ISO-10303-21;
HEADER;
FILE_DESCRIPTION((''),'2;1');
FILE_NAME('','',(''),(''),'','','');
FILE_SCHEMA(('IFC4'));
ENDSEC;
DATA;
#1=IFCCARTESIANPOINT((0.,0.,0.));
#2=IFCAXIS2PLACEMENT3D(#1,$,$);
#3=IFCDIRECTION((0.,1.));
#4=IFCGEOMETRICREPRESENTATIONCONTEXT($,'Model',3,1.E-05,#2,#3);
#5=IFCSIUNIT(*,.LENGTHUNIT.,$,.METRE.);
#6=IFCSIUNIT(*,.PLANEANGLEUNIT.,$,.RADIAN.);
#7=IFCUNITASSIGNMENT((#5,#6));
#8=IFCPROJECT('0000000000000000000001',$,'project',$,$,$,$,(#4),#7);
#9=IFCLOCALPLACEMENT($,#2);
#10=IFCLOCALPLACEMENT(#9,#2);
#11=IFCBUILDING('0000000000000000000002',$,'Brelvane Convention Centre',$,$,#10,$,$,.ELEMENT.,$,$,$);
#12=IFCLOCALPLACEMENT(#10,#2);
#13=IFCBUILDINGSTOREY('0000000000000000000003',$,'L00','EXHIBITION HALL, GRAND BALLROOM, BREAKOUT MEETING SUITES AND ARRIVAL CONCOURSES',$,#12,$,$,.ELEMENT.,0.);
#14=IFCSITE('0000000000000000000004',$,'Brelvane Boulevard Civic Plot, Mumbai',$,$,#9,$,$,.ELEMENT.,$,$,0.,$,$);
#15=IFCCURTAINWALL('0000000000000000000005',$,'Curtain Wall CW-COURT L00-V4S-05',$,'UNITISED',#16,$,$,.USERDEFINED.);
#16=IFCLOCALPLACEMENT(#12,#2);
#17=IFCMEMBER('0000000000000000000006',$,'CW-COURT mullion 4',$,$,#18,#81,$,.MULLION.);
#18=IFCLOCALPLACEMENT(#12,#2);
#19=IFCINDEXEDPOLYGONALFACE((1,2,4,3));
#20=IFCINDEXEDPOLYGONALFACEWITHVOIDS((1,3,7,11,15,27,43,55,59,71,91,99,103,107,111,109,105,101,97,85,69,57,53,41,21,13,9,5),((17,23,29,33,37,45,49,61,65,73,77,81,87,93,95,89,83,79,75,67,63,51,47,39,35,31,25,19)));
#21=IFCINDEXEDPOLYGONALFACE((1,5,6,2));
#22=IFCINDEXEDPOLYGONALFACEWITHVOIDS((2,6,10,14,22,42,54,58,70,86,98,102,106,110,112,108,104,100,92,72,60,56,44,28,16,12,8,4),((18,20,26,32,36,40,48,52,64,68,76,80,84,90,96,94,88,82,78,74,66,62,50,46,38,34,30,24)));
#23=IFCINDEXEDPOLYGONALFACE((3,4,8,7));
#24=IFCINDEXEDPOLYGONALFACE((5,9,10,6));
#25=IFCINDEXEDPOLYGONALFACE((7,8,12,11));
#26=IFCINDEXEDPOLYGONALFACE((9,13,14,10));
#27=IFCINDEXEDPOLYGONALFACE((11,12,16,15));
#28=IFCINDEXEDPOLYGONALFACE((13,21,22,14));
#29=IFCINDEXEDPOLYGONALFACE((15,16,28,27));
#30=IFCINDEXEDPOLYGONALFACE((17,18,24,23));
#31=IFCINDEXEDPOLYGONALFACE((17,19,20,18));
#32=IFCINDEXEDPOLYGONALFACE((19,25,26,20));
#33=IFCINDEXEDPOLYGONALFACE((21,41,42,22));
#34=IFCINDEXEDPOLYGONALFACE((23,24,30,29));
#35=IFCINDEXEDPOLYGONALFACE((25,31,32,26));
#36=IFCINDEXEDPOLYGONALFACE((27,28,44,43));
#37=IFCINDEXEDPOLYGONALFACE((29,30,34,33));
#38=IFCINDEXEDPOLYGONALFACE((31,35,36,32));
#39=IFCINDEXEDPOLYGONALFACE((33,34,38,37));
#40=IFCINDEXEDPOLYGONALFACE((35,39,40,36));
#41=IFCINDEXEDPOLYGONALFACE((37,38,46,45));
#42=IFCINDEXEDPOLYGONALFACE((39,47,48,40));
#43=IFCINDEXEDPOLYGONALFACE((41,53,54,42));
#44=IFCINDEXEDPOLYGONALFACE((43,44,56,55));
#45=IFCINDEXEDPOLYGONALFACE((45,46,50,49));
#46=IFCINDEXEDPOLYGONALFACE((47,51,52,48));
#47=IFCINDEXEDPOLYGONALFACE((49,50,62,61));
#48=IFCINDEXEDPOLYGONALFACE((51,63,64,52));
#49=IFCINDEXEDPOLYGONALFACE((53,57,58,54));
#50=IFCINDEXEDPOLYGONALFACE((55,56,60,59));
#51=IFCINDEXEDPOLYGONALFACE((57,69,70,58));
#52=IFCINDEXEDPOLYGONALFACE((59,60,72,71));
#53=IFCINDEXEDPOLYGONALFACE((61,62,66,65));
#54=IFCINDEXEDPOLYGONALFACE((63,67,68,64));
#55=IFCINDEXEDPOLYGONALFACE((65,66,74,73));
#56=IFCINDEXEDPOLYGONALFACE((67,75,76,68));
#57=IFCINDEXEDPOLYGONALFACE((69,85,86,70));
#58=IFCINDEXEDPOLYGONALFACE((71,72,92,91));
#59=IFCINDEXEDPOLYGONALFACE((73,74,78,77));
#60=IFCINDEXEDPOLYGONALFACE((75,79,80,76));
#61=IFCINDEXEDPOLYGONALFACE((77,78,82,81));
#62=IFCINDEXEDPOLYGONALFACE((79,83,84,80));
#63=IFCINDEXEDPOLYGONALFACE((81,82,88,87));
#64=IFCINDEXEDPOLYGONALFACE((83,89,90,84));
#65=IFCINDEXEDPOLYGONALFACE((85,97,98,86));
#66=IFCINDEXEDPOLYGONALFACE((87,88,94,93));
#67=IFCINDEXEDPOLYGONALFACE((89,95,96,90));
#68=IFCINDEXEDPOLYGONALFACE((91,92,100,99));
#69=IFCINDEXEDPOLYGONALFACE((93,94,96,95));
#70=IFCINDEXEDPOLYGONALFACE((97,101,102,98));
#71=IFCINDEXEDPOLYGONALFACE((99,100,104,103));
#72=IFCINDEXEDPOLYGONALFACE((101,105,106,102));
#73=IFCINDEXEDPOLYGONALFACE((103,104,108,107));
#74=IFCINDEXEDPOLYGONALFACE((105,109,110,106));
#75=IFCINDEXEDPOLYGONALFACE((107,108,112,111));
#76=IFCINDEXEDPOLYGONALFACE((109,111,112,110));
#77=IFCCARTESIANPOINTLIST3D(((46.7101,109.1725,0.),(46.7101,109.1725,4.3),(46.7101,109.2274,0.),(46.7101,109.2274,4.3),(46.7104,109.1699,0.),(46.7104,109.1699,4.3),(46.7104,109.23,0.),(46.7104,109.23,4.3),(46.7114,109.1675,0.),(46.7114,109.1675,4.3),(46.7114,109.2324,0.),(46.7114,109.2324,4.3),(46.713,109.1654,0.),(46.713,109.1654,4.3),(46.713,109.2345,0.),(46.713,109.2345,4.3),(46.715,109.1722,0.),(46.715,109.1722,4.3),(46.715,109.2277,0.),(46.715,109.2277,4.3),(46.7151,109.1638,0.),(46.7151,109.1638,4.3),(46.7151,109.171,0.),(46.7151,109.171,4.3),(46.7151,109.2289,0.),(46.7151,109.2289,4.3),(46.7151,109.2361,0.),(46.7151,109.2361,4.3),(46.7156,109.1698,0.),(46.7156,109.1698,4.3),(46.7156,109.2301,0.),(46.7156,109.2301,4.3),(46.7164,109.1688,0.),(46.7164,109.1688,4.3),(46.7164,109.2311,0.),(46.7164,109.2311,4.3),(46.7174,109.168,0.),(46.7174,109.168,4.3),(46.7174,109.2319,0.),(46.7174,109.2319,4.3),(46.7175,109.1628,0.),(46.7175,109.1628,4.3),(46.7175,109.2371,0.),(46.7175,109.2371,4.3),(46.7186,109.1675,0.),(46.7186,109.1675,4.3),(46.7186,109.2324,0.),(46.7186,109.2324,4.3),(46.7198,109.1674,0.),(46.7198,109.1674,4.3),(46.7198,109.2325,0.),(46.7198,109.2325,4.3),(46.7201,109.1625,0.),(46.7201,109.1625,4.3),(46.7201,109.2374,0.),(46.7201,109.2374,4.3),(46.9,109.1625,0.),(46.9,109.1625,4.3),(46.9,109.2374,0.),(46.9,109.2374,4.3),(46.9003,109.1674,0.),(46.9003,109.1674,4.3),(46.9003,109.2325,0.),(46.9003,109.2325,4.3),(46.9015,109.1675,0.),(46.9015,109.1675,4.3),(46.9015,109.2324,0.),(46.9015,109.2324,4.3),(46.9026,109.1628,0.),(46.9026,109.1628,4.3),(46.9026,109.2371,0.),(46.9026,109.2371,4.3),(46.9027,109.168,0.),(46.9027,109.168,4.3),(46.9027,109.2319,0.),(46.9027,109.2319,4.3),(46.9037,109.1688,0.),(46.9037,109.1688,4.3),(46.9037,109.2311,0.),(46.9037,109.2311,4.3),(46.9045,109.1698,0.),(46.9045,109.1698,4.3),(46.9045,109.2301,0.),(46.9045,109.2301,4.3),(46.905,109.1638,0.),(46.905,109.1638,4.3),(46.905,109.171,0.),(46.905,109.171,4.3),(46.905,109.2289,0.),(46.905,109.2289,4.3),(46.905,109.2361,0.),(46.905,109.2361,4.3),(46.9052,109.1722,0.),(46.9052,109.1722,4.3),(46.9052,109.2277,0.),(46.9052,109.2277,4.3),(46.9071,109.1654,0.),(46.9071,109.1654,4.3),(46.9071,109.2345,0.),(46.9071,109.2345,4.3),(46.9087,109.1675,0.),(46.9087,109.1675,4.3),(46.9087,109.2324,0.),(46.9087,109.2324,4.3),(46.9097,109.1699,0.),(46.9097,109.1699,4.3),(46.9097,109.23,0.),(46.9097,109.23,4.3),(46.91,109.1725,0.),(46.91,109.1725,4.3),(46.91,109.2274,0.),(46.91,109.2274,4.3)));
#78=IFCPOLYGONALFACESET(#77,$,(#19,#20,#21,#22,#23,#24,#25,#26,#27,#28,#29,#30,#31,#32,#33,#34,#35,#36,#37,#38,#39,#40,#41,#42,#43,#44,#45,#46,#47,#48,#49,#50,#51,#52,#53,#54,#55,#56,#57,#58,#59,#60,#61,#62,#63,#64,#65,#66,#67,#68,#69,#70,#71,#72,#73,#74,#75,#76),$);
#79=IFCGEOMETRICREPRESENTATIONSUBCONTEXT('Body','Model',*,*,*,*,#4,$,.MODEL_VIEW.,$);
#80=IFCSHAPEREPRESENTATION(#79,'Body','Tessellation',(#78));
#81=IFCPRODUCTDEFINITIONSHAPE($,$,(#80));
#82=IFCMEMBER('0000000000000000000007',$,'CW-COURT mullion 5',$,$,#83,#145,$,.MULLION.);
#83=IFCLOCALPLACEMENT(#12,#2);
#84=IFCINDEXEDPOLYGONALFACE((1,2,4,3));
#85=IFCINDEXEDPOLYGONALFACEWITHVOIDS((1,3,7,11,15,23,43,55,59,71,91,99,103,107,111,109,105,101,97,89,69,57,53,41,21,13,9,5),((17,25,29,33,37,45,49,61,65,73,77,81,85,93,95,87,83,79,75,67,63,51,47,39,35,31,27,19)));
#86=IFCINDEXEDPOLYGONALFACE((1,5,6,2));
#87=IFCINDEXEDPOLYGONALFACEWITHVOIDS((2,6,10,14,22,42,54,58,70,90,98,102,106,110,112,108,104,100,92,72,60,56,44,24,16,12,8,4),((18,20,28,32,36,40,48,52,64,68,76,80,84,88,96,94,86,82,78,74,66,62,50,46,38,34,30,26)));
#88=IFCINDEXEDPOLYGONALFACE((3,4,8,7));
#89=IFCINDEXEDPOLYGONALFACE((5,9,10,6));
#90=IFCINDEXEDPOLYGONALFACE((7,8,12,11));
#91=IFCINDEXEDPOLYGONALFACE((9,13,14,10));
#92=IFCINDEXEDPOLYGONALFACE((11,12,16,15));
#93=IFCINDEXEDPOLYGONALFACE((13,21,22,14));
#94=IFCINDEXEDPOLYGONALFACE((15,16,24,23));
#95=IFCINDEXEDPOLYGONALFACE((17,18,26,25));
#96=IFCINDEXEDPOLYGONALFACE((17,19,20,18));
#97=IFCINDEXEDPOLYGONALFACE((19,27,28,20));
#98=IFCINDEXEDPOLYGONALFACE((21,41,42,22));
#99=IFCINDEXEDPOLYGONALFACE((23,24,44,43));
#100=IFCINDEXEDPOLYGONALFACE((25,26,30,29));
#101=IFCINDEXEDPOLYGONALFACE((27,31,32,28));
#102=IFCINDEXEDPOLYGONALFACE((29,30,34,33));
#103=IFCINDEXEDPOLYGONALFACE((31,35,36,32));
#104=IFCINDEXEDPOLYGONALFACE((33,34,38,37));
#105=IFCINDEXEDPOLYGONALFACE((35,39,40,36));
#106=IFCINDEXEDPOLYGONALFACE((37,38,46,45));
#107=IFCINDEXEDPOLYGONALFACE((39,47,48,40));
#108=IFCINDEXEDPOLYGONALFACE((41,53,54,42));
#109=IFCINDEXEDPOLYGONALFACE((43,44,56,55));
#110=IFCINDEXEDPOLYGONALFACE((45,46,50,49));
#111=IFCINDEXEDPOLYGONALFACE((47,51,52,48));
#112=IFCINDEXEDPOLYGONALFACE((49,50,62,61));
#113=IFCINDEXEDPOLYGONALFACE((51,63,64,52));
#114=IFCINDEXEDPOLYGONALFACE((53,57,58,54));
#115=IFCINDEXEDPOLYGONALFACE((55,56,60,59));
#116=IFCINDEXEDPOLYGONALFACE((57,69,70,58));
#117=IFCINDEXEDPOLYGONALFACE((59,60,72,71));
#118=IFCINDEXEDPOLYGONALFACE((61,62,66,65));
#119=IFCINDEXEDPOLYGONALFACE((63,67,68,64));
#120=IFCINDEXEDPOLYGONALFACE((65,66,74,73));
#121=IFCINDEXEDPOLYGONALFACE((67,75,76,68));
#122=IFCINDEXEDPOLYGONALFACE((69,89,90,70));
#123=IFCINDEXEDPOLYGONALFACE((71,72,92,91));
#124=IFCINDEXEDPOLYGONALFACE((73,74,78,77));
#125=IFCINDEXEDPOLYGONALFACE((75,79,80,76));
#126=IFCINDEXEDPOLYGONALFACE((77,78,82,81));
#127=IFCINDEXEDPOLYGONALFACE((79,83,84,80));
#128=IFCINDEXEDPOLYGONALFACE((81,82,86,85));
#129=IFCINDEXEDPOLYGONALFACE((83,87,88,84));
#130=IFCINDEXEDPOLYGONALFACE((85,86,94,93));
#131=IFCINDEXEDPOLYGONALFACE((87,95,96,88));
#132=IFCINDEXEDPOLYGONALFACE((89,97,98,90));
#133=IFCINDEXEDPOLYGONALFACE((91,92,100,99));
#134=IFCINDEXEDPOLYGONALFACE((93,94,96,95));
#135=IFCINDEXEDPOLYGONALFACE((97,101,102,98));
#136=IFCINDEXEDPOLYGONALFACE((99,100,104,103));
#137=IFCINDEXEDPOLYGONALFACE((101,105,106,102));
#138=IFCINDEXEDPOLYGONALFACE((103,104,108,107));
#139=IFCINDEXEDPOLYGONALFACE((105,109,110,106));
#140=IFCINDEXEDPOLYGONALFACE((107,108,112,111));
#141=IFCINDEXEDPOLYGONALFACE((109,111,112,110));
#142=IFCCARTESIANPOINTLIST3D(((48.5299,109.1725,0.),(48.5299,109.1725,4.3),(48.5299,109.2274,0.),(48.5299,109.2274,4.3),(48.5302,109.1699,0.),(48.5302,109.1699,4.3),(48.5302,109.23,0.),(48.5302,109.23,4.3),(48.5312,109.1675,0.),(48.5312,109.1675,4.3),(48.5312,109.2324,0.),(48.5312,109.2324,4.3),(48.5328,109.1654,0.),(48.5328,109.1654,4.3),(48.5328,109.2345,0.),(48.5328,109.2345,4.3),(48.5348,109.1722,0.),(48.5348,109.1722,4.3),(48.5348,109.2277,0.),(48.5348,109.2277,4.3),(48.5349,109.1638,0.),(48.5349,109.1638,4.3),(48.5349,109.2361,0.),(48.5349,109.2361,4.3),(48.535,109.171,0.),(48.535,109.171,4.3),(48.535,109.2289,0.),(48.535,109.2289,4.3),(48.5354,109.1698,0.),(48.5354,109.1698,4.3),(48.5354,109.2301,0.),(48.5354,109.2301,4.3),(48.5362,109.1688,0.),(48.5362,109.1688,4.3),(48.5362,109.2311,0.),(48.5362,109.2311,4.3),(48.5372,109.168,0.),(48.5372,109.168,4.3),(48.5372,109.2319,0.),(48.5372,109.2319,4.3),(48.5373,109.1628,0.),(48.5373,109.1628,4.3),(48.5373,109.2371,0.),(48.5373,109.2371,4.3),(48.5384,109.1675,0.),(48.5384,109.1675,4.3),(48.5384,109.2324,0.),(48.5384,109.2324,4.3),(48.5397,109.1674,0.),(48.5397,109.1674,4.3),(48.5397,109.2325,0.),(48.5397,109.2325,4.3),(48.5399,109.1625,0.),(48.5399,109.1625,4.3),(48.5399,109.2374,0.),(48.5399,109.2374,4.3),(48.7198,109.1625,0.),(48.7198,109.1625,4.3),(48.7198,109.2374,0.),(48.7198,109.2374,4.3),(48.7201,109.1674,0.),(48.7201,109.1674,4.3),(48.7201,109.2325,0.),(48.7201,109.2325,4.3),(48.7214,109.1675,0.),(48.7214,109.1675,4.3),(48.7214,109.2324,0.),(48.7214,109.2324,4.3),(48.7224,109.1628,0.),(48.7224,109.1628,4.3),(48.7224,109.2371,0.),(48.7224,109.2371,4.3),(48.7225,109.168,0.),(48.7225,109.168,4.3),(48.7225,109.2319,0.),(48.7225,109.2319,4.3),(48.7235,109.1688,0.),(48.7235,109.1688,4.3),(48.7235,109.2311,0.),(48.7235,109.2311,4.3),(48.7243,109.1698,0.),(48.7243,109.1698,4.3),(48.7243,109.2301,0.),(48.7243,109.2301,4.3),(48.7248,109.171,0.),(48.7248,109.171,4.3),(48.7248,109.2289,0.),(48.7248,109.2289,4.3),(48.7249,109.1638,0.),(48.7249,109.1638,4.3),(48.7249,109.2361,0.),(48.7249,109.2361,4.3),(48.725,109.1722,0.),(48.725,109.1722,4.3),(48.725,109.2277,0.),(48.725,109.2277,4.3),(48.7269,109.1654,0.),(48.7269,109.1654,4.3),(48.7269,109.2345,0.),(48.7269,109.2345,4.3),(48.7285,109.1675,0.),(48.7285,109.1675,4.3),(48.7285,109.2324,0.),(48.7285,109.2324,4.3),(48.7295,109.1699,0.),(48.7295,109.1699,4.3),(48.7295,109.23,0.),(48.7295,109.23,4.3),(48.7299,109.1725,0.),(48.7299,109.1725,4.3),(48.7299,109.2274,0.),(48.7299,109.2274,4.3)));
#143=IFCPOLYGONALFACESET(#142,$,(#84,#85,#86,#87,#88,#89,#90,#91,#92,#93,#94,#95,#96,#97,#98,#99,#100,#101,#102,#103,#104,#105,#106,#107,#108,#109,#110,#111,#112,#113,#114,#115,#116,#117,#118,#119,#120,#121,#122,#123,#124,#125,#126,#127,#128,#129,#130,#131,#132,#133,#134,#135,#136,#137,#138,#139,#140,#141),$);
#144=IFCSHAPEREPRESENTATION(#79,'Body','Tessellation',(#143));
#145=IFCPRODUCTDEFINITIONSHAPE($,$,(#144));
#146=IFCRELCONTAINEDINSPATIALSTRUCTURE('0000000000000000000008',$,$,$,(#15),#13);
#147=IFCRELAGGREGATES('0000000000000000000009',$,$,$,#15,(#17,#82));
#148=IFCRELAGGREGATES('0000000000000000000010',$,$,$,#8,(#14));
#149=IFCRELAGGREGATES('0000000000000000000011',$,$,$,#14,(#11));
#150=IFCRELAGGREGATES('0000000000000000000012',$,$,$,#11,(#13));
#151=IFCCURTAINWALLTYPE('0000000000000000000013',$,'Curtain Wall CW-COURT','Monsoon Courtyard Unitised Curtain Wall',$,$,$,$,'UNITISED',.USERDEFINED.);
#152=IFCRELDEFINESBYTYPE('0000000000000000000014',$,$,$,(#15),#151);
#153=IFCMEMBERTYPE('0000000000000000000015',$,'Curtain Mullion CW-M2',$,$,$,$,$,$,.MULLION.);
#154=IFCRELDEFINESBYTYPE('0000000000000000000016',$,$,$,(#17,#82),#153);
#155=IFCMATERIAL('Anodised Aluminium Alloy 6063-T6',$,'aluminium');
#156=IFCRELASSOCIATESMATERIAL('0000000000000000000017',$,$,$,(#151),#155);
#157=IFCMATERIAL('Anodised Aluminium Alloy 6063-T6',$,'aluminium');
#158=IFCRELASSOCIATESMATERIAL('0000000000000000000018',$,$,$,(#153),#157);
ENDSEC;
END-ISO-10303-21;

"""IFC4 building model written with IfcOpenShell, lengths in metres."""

from ifc_helpers import new_model, si_unit, direction, frame, origin, origin_2d, place, context, subcontext, project, spatial, hollow_rectangle, extrude, material, material_profile, profile_set, type_object, element, aggregate, save


model = new_model("IFC4")

# Units and contexts
model_context = context("Model", 3, precision=1e-05, world=origin(), true_north=direction((0.0, 1.0)))
body_context = subcontext(model_context, "Body", "Model", "MODEL_VIEW")
ifc_project = project(units=[si_unit("LENGTHUNIT", "METRE"), si_unit("PLANEANGLEUNIT", "RADIAN")], contexts=[model_context])

# Site, building, storey
site_placement = place(None, origin())
site = spatial("IfcSite", under=ifc_project, at=site_placement, Name="Brelvane Boulevard Civic Plot, Mumbai", CompositionType="ELEMENT", RefElevation=0.0)
building_placement = place(site_placement, origin())
building = spatial("IfcBuilding", under=site, at=building_placement, Name="Brelvane Convention Centre", CompositionType="ELEMENT")
storey_placement = place(building_placement, origin())
storey = spatial("IfcBuildingStorey", under=building, at=storey_placement, Name="L00", Description="EXHIBITION HALL, GRAND BALLROOM, BREAKOUT MEETING SUITES AND ARRIVAL CONCOURSES", CompositionType="ELEMENT", Elevation=0.0)

# Curtain wall, members
ifc_material_1 = material(Name="Anodised Aluminium Alloy 6063-T6", Category="aluminium")
curtain_wall_type = type_object("IfcCurtainWallType", Name="Curtain Wall CW-COURT", Description="Monsoon Courtyard Unitised Curtain Wall", ElementType="UNITISED", PredefinedType="USERDEFINED", material=ifc_material_1)
curtain_wall_placement = place(storey_placement, origin())
curtain_wall = element("IfcCurtainWall", 1, at=curtain_wall_placement, inside=storey, type_object=curtain_wall_type, Name="Curtain Wall CW-COURT L00-V4S-05", ObjectType="UNITISED", PredefinedType="USERDEFINED")
ifc_material_2 = material(Name="Anodised Aluminium Alloy 6063-T6", Category="aluminium")
ifc_material_profile_1 = material_profile(ifc_material_2, hollow_rectangle(XDim=0.075, YDim=0.2, WallThickness=0.0049, InnerFilletRadius=0.0049, OuterFilletRadius=0.01, at=origin_2d()), Name="ALU-M 200x75x5.0")
ifc_profile_set_1 = profile_set([ifc_material_profile_1], Name="Anodised Aluminium Alloy 6063-T6")
member_type_1 = type_object("IfcMemberType", Name="Curtain Mullion CW-M2", PredefinedType="MULLION", material=ifc_profile_set_1)
member_1_placement = place(storey_placement, frame((46.8101, 109.2, 0.0), z_axis=(0.0, 0.0, 1.0), x_axis=(0.0, 1.0, 0.0)))
member_1 = element("IfcMember", 2, at=member_1_placement, type_object=member_type_1, Name="CW-COURT mullion 4", PredefinedType="MULLION", context=body_context, shape_type="SweptSolid", body=[
    extrude(hollow_rectangle(XDim=0.075, YDim=0.2, WallThickness=0.0049, InnerFilletRadius=0.0049, OuterFilletRadius=0.01, at=origin_2d()), origin(), (0.0, 0.0, 1.0), 4.3),
])
member_2_placement = place(storey_placement, frame((48.6299, 109.2, 0.0), z_axis=(0.0, 0.0, 1.0), x_axis=(0.0, 1.0, 0.0)))
member_2 = element("IfcMember", 3, at=member_2_placement, type_object=member_type_1, Name="CW-COURT mullion 5", PredefinedType="MULLION", context=body_context, shape_type="SweptSolid", body=[
    extrude(hollow_rectangle(XDim=0.075, YDim=0.2, WallThickness=0.0049, InnerFilletRadius=0.0049, OuterFilletRadius=0.01, at=origin_2d()), origin(), (0.0, 0.0, 1.0), 4.3),
])
aggregate(curtain_wall, [member_1, member_2])

save(model, "model.ifc")
